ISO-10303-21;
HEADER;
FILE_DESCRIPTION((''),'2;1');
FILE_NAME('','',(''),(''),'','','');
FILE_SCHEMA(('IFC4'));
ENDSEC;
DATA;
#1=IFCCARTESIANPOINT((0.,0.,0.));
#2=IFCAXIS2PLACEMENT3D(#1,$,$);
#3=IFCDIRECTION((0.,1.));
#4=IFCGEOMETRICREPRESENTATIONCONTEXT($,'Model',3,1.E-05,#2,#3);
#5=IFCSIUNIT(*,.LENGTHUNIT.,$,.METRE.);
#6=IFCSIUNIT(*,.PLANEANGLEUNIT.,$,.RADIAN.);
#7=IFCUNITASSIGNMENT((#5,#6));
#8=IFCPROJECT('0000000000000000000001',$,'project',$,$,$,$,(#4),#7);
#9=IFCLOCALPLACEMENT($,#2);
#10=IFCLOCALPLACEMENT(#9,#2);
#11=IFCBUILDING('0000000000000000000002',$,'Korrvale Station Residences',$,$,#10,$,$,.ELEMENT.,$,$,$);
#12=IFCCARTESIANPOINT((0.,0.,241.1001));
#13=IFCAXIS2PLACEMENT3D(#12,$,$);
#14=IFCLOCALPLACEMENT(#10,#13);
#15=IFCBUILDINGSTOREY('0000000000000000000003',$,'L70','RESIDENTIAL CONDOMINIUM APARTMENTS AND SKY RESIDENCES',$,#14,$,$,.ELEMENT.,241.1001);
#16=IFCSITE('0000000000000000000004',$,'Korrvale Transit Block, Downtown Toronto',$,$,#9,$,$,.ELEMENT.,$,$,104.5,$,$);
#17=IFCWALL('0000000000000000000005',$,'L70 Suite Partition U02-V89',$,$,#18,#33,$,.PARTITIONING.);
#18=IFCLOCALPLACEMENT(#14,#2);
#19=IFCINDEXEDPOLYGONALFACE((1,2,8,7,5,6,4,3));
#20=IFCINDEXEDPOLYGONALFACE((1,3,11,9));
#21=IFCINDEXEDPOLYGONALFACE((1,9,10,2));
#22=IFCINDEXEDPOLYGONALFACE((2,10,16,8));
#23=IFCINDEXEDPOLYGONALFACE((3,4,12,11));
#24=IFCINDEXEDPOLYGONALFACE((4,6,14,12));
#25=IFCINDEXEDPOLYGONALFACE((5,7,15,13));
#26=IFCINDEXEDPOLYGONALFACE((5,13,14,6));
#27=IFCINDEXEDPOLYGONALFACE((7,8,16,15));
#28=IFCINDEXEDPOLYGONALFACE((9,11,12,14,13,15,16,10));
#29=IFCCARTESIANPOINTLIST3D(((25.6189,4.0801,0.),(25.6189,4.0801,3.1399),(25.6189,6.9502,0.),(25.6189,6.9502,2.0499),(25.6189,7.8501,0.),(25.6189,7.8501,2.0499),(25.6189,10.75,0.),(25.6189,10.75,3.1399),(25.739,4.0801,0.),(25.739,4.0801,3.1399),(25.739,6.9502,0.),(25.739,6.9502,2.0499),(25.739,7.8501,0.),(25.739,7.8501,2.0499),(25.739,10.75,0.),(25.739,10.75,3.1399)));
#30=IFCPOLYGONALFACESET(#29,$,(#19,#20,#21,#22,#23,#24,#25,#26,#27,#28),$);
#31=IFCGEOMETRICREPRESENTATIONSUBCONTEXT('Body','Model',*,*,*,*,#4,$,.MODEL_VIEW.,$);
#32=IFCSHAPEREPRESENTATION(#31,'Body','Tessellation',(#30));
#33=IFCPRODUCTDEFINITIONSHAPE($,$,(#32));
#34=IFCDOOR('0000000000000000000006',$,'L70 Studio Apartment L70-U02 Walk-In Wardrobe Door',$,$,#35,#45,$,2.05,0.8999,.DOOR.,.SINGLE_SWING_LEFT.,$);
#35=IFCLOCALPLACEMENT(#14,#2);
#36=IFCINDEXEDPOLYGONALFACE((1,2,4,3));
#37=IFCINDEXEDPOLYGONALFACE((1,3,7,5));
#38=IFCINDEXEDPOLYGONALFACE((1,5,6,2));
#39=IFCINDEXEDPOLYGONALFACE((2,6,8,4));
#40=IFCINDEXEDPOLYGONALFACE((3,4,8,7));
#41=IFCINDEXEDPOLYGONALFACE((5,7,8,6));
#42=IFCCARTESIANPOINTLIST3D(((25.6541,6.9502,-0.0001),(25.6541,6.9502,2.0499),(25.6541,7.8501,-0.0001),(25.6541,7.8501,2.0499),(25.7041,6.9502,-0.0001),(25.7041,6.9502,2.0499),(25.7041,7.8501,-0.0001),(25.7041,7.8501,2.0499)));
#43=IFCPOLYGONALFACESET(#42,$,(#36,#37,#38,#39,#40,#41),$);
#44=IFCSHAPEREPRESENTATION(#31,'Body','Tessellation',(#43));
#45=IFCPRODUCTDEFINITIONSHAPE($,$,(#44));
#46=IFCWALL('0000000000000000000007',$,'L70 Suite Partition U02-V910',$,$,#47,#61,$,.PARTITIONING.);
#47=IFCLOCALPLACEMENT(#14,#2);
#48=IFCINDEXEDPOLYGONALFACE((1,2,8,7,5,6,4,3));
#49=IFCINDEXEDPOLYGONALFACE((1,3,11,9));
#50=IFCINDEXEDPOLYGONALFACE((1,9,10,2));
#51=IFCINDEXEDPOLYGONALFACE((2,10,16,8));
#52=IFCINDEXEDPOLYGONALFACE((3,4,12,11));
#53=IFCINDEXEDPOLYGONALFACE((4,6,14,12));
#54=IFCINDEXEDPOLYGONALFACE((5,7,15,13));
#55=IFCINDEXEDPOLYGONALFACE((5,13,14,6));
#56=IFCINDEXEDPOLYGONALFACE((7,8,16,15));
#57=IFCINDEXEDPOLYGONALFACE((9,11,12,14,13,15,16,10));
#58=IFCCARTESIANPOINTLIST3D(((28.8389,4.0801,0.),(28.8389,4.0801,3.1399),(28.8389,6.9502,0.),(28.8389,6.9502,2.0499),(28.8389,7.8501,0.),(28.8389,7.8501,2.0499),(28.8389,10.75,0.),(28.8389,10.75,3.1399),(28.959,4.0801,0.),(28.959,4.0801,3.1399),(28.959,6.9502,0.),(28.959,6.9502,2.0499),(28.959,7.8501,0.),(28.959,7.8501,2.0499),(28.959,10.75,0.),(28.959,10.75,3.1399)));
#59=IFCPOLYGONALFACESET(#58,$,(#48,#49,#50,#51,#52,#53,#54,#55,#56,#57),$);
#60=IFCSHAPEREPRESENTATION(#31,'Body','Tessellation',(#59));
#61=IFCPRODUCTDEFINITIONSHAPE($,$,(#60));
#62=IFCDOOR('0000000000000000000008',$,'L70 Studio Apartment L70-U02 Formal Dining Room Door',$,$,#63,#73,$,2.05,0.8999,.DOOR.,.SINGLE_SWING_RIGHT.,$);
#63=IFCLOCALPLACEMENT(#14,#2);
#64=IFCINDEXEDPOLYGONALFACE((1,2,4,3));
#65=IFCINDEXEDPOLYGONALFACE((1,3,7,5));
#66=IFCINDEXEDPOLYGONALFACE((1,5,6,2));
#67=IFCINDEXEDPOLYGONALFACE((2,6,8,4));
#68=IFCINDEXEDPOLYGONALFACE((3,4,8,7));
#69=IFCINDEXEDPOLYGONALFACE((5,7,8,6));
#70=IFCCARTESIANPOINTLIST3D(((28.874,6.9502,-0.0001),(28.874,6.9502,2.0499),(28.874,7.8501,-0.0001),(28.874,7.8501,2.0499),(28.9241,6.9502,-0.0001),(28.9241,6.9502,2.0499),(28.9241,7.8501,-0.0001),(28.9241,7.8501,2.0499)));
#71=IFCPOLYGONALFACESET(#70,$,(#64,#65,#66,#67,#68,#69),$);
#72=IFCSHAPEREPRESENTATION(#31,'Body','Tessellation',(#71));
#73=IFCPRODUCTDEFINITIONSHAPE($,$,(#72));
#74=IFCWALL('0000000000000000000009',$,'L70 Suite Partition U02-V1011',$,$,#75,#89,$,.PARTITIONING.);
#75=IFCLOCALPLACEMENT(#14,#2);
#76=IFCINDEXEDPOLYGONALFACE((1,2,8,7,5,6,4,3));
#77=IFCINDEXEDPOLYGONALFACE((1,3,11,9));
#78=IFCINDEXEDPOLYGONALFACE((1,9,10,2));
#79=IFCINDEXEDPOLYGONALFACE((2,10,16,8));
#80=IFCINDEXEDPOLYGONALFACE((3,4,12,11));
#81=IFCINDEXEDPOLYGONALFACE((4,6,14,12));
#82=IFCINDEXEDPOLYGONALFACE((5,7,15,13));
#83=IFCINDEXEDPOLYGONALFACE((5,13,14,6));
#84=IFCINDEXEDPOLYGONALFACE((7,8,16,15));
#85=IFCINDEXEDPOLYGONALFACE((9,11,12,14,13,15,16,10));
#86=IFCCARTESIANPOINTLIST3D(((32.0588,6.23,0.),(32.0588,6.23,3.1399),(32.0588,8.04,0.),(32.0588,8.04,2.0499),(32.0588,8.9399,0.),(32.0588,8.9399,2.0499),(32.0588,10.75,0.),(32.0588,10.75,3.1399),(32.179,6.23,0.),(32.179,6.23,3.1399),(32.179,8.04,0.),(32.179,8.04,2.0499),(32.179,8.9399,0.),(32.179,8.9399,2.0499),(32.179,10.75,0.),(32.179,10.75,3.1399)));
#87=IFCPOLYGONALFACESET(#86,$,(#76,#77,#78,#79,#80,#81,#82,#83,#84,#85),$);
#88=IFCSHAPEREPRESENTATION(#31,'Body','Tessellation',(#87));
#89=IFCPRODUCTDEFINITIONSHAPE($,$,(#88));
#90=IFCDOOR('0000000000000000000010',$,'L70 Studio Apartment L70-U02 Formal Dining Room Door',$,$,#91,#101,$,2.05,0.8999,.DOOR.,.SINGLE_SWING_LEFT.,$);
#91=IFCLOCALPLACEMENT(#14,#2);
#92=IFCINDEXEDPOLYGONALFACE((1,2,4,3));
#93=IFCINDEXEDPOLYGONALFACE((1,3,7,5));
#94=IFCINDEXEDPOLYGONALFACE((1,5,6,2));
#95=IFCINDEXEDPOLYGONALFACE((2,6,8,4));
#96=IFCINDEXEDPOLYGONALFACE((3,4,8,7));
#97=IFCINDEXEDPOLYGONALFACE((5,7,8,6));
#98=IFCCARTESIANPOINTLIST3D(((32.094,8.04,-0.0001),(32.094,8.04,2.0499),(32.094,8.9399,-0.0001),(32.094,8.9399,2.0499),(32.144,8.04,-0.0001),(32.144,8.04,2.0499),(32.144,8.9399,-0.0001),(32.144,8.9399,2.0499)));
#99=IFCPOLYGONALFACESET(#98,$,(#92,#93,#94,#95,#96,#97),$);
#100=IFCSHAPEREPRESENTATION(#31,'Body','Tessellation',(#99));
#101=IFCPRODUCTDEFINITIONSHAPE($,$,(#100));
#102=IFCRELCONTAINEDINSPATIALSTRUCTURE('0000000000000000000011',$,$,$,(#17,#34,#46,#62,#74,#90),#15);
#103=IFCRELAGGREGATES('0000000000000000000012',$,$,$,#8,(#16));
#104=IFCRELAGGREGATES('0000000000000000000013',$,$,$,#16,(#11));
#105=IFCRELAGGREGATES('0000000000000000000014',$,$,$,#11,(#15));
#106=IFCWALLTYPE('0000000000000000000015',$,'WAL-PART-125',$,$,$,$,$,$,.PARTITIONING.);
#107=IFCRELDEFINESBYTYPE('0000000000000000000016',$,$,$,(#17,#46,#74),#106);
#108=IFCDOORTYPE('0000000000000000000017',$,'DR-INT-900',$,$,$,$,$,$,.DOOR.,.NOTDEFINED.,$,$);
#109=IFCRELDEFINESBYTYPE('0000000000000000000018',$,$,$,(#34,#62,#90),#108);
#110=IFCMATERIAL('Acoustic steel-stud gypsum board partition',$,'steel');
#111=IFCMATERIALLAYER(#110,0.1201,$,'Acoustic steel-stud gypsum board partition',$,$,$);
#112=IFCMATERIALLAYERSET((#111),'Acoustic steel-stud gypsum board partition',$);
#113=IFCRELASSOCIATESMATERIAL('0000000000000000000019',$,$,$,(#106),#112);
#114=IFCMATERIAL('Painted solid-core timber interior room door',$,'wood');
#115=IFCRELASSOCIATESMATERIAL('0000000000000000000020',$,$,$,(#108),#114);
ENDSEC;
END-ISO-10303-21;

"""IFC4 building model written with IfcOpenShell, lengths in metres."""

from ifc_helpers import new_model, si_unit, direction, frame, frame_2d, origin, place, context, subcontext, project, spatial, rectangle, extrude, material, layer, layer_set, type_object, element, fill, save


model = new_model("IFC4")

# Units and contexts
model_context = context("Model", 3, precision=1e-05, world=origin(), true_north=direction((0.0, 1.0)))
body_context = subcontext(model_context, "Body", "Model", "MODEL_VIEW")
ifc_project = project(units=[si_unit("LENGTHUNIT", "METRE"), si_unit("PLANEANGLEUNIT", "RADIAN")], contexts=[model_context])

# Site, building, storey
site_placement = place(None, origin())
site = spatial("IfcSite", under=ifc_project, at=site_placement, Name="Korrvale Transit Block, Downtown Toronto", CompositionType="ELEMENT", RefElevation=104.5)
building_placement = place(site_placement, origin())
building = spatial("IfcBuilding", under=site, at=building_placement, Name="Korrvale Station Residences", CompositionType="ELEMENT")
storey_placement = place(building_placement, frame((0.0, 0.0, 241.1001)))
storey = spatial("IfcBuildingStorey", under=building, at=storey_placement, Name="L70", Description="RESIDENTIAL CONDOMINIUM APARTMENTS AND SKY RESIDENCES", CompositionType="ELEMENT", Elevation=241.1001)

# Shared definitions
ifc_material_1 = material(Name="Acoustic steel-stud gypsum board partition", Category="steel")
ifc_layer_1 = layer(ifc_material_1, 0.1201, Name="Acoustic steel-stud gypsum board partition")
ifc_layer_set_1 = layer_set([ifc_layer_1], Name="Acoustic steel-stud gypsum board partition")
wall_type_1 = type_object("IfcWallType", Name="WAL-PART-125", PredefinedType="PARTITIONING", material=ifc_layer_set_1)

# Shared definitions
ifc_material_2 = material(Name="Painted solid-core timber interior room door", Category="wood")
door_type = type_object("IfcDoorType", Name="DR-INT-900", OperationType="NOTDEFINED", PredefinedType="DOOR", material=ifc_material_2)

# Walls, openings, doors
wall_1_placement = place(storey_placement, frame((25.679, 4.0801, 0.0), z_axis=(0.0, 0.0, 1.0), x_axis=(0.0, 1.0, 0.0)))
wall_1 = element("IfcWall", 1, at=wall_1_placement, inside=storey, type_object=wall_type_1, Name="L70 Suite Partition U02-V89", PredefinedType="PARTITIONING", context=body_context, shape_type="SweptSolid", body=[
    extrude(rectangle(XDim=6.6699, YDim=0.1201, at=frame_2d((3.335, 0.0))), origin(), (0.0, 0.0, 1.0), 3.1399),
])
opening_1_placement = place(wall_1_placement, frame((2.8701, 0.0, 0.0)))
opening_1 = element("IfcOpeningElement", 2, at=opening_1_placement, cuts=wall_1, PredefinedType="OPENING", context=body_context, shape_type="SweptSolid", body=[
    extrude(rectangle(XDim=0.8999, YDim=2.05, at=frame_2d((0.45, 1.0249))), frame((0.0, 0.0701, 0.0), z_axis=(0.0, -1.0, 0.0), x_axis=(1.0, 0.0, 0.0)), (0.0, 0.0, 1.0), 0.1401),
])
door_1_placement = place(opening_1_placement, origin())
door_1 = element("IfcDoor", 3, at=door_1_placement, inside=storey, type_object=door_type, Name="L70 Studio Apartment L70-U02 Walk-In Wardrobe Door", OperationType="SINGLE_SWING_LEFT", OverallHeight=2.05, OverallWidth=0.8999, PredefinedType="DOOR", context=body_context, shape_type="SweptSolid", body=[
    extrude(rectangle(XDim=0.8999, YDim=2.05, at=frame_2d((0.45, 1.0249))), frame((0.0, 0.0249, 0.0), z_axis=(0.0, -1.0, 0.0), x_axis=(1.0, 0.0, 0.0)), (0.0, 0.0, 1.0), 0.05),
])
fill(opening_1, door_1)
wall_2_placement = place(storey_placement, frame((28.8989, 4.0801, 0.0), z_axis=(0.0, 0.0, 1.0), x_axis=(0.0, 1.0, 0.0)))
wall_2 = element("IfcWall", 4, at=wall_2_placement, inside=storey, type_object=wall_type_1, Name="L70 Suite Partition U02-V910", PredefinedType="PARTITIONING", context=body_context, shape_type="SweptSolid", body=[
    extrude(rectangle(XDim=6.6699, YDim=0.1201, at=frame_2d((3.335, 0.0))), origin(), (0.0, 0.0, 1.0), 3.1399),
])
opening_2_placement = place(wall_2_placement, frame((2.8701, 0.0, 0.0)))
opening_2 = element("IfcOpeningElement", 5, at=opening_2_placement, cuts=wall_2, PredefinedType="OPENING", context=body_context, shape_type="SweptSolid", body=[
    extrude(rectangle(XDim=0.8999, YDim=2.05, at=frame_2d((0.45, 1.0249))), frame((0.0, 0.0701, 0.0), z_axis=(0.0, -1.0, 0.0), x_axis=(1.0, 0.0, 0.0)), (0.0, 0.0, 1.0), 0.1401),
])
door_2_placement = place(opening_2_placement, origin())
door_2 = element("IfcDoor", 6, at=door_2_placement, inside=storey, type_object=door_type, Name="L70 Studio Apartment L70-U02 Formal Dining Room Door", OperationType="SINGLE_SWING_RIGHT", OverallHeight=2.05, OverallWidth=0.8999, PredefinedType="DOOR", context=body_context, shape_type="SweptSolid", body=[
    extrude(rectangle(XDim=0.8999, YDim=2.05, at=frame_2d((0.45, 1.0249))), frame((0.0, 0.0249, 0.0), z_axis=(0.0, -1.0, 0.0), x_axis=(1.0, 0.0, 0.0)), (0.0, 0.0, 1.0), 0.05),
])
fill(opening_2, door_2)
wall_3_placement = place(storey_placement, frame((32.1189, 6.23, 0.0), z_axis=(0.0, 0.0, 1.0), x_axis=(0.0, 1.0, 0.0)))
wall_3 = element("IfcWall", 7, at=wall_3_placement, inside=storey, type_object=wall_type_1, Name="L70 Suite Partition U02-V1011", PredefinedType="PARTITIONING", context=body_context, shape_type="SweptSolid", body=[
    extrude(rectangle(XDim=4.52, YDim=0.1201, at=frame_2d((2.26, 0.0))), origin(), (0.0, 0.0, 1.0), 3.1399),
])
opening_3_placement = place(wall_3_placement, frame((1.8101, 0.0, 0.0)))
opening_3 = element("IfcOpeningElement", 8, at=opening_3_placement, cuts=wall_3, PredefinedType="OPENING", context=body_context, shape_type="SweptSolid", body=[
    extrude(rectangle(XDim=0.8999, YDim=2.05, at=frame_2d((0.45, 1.0249))), frame((0.0, 0.0701, 0.0), z_axis=(0.0, -1.0, 0.0), x_axis=(1.0, 0.0, 0.0)), (0.0, 0.0, 1.0), 0.1401),
])
door_3_placement = place(opening_3_placement, origin())
door_3 = element("IfcDoor", 9, at=door_3_placement, inside=storey, type_object=door_type, Name="L70 Studio Apartment L70-U02 Formal Dining Room Door", OperationType="SINGLE_SWING_LEFT", OverallHeight=2.05, OverallWidth=0.8999, PredefinedType="DOOR", context=body_context, shape_type="SweptSolid", body=[
    extrude(rectangle(XDim=0.8999, YDim=2.05, at=frame_2d((0.45, 1.0249))), frame((0.0, 0.0249, 0.0), z_axis=(0.0, -1.0, 0.0), x_axis=(1.0, 0.0, 0.0)), (0.0, 0.0, 1.0), 0.05),
])
fill(opening_3, door_3)

save(model, "model.ifc")
